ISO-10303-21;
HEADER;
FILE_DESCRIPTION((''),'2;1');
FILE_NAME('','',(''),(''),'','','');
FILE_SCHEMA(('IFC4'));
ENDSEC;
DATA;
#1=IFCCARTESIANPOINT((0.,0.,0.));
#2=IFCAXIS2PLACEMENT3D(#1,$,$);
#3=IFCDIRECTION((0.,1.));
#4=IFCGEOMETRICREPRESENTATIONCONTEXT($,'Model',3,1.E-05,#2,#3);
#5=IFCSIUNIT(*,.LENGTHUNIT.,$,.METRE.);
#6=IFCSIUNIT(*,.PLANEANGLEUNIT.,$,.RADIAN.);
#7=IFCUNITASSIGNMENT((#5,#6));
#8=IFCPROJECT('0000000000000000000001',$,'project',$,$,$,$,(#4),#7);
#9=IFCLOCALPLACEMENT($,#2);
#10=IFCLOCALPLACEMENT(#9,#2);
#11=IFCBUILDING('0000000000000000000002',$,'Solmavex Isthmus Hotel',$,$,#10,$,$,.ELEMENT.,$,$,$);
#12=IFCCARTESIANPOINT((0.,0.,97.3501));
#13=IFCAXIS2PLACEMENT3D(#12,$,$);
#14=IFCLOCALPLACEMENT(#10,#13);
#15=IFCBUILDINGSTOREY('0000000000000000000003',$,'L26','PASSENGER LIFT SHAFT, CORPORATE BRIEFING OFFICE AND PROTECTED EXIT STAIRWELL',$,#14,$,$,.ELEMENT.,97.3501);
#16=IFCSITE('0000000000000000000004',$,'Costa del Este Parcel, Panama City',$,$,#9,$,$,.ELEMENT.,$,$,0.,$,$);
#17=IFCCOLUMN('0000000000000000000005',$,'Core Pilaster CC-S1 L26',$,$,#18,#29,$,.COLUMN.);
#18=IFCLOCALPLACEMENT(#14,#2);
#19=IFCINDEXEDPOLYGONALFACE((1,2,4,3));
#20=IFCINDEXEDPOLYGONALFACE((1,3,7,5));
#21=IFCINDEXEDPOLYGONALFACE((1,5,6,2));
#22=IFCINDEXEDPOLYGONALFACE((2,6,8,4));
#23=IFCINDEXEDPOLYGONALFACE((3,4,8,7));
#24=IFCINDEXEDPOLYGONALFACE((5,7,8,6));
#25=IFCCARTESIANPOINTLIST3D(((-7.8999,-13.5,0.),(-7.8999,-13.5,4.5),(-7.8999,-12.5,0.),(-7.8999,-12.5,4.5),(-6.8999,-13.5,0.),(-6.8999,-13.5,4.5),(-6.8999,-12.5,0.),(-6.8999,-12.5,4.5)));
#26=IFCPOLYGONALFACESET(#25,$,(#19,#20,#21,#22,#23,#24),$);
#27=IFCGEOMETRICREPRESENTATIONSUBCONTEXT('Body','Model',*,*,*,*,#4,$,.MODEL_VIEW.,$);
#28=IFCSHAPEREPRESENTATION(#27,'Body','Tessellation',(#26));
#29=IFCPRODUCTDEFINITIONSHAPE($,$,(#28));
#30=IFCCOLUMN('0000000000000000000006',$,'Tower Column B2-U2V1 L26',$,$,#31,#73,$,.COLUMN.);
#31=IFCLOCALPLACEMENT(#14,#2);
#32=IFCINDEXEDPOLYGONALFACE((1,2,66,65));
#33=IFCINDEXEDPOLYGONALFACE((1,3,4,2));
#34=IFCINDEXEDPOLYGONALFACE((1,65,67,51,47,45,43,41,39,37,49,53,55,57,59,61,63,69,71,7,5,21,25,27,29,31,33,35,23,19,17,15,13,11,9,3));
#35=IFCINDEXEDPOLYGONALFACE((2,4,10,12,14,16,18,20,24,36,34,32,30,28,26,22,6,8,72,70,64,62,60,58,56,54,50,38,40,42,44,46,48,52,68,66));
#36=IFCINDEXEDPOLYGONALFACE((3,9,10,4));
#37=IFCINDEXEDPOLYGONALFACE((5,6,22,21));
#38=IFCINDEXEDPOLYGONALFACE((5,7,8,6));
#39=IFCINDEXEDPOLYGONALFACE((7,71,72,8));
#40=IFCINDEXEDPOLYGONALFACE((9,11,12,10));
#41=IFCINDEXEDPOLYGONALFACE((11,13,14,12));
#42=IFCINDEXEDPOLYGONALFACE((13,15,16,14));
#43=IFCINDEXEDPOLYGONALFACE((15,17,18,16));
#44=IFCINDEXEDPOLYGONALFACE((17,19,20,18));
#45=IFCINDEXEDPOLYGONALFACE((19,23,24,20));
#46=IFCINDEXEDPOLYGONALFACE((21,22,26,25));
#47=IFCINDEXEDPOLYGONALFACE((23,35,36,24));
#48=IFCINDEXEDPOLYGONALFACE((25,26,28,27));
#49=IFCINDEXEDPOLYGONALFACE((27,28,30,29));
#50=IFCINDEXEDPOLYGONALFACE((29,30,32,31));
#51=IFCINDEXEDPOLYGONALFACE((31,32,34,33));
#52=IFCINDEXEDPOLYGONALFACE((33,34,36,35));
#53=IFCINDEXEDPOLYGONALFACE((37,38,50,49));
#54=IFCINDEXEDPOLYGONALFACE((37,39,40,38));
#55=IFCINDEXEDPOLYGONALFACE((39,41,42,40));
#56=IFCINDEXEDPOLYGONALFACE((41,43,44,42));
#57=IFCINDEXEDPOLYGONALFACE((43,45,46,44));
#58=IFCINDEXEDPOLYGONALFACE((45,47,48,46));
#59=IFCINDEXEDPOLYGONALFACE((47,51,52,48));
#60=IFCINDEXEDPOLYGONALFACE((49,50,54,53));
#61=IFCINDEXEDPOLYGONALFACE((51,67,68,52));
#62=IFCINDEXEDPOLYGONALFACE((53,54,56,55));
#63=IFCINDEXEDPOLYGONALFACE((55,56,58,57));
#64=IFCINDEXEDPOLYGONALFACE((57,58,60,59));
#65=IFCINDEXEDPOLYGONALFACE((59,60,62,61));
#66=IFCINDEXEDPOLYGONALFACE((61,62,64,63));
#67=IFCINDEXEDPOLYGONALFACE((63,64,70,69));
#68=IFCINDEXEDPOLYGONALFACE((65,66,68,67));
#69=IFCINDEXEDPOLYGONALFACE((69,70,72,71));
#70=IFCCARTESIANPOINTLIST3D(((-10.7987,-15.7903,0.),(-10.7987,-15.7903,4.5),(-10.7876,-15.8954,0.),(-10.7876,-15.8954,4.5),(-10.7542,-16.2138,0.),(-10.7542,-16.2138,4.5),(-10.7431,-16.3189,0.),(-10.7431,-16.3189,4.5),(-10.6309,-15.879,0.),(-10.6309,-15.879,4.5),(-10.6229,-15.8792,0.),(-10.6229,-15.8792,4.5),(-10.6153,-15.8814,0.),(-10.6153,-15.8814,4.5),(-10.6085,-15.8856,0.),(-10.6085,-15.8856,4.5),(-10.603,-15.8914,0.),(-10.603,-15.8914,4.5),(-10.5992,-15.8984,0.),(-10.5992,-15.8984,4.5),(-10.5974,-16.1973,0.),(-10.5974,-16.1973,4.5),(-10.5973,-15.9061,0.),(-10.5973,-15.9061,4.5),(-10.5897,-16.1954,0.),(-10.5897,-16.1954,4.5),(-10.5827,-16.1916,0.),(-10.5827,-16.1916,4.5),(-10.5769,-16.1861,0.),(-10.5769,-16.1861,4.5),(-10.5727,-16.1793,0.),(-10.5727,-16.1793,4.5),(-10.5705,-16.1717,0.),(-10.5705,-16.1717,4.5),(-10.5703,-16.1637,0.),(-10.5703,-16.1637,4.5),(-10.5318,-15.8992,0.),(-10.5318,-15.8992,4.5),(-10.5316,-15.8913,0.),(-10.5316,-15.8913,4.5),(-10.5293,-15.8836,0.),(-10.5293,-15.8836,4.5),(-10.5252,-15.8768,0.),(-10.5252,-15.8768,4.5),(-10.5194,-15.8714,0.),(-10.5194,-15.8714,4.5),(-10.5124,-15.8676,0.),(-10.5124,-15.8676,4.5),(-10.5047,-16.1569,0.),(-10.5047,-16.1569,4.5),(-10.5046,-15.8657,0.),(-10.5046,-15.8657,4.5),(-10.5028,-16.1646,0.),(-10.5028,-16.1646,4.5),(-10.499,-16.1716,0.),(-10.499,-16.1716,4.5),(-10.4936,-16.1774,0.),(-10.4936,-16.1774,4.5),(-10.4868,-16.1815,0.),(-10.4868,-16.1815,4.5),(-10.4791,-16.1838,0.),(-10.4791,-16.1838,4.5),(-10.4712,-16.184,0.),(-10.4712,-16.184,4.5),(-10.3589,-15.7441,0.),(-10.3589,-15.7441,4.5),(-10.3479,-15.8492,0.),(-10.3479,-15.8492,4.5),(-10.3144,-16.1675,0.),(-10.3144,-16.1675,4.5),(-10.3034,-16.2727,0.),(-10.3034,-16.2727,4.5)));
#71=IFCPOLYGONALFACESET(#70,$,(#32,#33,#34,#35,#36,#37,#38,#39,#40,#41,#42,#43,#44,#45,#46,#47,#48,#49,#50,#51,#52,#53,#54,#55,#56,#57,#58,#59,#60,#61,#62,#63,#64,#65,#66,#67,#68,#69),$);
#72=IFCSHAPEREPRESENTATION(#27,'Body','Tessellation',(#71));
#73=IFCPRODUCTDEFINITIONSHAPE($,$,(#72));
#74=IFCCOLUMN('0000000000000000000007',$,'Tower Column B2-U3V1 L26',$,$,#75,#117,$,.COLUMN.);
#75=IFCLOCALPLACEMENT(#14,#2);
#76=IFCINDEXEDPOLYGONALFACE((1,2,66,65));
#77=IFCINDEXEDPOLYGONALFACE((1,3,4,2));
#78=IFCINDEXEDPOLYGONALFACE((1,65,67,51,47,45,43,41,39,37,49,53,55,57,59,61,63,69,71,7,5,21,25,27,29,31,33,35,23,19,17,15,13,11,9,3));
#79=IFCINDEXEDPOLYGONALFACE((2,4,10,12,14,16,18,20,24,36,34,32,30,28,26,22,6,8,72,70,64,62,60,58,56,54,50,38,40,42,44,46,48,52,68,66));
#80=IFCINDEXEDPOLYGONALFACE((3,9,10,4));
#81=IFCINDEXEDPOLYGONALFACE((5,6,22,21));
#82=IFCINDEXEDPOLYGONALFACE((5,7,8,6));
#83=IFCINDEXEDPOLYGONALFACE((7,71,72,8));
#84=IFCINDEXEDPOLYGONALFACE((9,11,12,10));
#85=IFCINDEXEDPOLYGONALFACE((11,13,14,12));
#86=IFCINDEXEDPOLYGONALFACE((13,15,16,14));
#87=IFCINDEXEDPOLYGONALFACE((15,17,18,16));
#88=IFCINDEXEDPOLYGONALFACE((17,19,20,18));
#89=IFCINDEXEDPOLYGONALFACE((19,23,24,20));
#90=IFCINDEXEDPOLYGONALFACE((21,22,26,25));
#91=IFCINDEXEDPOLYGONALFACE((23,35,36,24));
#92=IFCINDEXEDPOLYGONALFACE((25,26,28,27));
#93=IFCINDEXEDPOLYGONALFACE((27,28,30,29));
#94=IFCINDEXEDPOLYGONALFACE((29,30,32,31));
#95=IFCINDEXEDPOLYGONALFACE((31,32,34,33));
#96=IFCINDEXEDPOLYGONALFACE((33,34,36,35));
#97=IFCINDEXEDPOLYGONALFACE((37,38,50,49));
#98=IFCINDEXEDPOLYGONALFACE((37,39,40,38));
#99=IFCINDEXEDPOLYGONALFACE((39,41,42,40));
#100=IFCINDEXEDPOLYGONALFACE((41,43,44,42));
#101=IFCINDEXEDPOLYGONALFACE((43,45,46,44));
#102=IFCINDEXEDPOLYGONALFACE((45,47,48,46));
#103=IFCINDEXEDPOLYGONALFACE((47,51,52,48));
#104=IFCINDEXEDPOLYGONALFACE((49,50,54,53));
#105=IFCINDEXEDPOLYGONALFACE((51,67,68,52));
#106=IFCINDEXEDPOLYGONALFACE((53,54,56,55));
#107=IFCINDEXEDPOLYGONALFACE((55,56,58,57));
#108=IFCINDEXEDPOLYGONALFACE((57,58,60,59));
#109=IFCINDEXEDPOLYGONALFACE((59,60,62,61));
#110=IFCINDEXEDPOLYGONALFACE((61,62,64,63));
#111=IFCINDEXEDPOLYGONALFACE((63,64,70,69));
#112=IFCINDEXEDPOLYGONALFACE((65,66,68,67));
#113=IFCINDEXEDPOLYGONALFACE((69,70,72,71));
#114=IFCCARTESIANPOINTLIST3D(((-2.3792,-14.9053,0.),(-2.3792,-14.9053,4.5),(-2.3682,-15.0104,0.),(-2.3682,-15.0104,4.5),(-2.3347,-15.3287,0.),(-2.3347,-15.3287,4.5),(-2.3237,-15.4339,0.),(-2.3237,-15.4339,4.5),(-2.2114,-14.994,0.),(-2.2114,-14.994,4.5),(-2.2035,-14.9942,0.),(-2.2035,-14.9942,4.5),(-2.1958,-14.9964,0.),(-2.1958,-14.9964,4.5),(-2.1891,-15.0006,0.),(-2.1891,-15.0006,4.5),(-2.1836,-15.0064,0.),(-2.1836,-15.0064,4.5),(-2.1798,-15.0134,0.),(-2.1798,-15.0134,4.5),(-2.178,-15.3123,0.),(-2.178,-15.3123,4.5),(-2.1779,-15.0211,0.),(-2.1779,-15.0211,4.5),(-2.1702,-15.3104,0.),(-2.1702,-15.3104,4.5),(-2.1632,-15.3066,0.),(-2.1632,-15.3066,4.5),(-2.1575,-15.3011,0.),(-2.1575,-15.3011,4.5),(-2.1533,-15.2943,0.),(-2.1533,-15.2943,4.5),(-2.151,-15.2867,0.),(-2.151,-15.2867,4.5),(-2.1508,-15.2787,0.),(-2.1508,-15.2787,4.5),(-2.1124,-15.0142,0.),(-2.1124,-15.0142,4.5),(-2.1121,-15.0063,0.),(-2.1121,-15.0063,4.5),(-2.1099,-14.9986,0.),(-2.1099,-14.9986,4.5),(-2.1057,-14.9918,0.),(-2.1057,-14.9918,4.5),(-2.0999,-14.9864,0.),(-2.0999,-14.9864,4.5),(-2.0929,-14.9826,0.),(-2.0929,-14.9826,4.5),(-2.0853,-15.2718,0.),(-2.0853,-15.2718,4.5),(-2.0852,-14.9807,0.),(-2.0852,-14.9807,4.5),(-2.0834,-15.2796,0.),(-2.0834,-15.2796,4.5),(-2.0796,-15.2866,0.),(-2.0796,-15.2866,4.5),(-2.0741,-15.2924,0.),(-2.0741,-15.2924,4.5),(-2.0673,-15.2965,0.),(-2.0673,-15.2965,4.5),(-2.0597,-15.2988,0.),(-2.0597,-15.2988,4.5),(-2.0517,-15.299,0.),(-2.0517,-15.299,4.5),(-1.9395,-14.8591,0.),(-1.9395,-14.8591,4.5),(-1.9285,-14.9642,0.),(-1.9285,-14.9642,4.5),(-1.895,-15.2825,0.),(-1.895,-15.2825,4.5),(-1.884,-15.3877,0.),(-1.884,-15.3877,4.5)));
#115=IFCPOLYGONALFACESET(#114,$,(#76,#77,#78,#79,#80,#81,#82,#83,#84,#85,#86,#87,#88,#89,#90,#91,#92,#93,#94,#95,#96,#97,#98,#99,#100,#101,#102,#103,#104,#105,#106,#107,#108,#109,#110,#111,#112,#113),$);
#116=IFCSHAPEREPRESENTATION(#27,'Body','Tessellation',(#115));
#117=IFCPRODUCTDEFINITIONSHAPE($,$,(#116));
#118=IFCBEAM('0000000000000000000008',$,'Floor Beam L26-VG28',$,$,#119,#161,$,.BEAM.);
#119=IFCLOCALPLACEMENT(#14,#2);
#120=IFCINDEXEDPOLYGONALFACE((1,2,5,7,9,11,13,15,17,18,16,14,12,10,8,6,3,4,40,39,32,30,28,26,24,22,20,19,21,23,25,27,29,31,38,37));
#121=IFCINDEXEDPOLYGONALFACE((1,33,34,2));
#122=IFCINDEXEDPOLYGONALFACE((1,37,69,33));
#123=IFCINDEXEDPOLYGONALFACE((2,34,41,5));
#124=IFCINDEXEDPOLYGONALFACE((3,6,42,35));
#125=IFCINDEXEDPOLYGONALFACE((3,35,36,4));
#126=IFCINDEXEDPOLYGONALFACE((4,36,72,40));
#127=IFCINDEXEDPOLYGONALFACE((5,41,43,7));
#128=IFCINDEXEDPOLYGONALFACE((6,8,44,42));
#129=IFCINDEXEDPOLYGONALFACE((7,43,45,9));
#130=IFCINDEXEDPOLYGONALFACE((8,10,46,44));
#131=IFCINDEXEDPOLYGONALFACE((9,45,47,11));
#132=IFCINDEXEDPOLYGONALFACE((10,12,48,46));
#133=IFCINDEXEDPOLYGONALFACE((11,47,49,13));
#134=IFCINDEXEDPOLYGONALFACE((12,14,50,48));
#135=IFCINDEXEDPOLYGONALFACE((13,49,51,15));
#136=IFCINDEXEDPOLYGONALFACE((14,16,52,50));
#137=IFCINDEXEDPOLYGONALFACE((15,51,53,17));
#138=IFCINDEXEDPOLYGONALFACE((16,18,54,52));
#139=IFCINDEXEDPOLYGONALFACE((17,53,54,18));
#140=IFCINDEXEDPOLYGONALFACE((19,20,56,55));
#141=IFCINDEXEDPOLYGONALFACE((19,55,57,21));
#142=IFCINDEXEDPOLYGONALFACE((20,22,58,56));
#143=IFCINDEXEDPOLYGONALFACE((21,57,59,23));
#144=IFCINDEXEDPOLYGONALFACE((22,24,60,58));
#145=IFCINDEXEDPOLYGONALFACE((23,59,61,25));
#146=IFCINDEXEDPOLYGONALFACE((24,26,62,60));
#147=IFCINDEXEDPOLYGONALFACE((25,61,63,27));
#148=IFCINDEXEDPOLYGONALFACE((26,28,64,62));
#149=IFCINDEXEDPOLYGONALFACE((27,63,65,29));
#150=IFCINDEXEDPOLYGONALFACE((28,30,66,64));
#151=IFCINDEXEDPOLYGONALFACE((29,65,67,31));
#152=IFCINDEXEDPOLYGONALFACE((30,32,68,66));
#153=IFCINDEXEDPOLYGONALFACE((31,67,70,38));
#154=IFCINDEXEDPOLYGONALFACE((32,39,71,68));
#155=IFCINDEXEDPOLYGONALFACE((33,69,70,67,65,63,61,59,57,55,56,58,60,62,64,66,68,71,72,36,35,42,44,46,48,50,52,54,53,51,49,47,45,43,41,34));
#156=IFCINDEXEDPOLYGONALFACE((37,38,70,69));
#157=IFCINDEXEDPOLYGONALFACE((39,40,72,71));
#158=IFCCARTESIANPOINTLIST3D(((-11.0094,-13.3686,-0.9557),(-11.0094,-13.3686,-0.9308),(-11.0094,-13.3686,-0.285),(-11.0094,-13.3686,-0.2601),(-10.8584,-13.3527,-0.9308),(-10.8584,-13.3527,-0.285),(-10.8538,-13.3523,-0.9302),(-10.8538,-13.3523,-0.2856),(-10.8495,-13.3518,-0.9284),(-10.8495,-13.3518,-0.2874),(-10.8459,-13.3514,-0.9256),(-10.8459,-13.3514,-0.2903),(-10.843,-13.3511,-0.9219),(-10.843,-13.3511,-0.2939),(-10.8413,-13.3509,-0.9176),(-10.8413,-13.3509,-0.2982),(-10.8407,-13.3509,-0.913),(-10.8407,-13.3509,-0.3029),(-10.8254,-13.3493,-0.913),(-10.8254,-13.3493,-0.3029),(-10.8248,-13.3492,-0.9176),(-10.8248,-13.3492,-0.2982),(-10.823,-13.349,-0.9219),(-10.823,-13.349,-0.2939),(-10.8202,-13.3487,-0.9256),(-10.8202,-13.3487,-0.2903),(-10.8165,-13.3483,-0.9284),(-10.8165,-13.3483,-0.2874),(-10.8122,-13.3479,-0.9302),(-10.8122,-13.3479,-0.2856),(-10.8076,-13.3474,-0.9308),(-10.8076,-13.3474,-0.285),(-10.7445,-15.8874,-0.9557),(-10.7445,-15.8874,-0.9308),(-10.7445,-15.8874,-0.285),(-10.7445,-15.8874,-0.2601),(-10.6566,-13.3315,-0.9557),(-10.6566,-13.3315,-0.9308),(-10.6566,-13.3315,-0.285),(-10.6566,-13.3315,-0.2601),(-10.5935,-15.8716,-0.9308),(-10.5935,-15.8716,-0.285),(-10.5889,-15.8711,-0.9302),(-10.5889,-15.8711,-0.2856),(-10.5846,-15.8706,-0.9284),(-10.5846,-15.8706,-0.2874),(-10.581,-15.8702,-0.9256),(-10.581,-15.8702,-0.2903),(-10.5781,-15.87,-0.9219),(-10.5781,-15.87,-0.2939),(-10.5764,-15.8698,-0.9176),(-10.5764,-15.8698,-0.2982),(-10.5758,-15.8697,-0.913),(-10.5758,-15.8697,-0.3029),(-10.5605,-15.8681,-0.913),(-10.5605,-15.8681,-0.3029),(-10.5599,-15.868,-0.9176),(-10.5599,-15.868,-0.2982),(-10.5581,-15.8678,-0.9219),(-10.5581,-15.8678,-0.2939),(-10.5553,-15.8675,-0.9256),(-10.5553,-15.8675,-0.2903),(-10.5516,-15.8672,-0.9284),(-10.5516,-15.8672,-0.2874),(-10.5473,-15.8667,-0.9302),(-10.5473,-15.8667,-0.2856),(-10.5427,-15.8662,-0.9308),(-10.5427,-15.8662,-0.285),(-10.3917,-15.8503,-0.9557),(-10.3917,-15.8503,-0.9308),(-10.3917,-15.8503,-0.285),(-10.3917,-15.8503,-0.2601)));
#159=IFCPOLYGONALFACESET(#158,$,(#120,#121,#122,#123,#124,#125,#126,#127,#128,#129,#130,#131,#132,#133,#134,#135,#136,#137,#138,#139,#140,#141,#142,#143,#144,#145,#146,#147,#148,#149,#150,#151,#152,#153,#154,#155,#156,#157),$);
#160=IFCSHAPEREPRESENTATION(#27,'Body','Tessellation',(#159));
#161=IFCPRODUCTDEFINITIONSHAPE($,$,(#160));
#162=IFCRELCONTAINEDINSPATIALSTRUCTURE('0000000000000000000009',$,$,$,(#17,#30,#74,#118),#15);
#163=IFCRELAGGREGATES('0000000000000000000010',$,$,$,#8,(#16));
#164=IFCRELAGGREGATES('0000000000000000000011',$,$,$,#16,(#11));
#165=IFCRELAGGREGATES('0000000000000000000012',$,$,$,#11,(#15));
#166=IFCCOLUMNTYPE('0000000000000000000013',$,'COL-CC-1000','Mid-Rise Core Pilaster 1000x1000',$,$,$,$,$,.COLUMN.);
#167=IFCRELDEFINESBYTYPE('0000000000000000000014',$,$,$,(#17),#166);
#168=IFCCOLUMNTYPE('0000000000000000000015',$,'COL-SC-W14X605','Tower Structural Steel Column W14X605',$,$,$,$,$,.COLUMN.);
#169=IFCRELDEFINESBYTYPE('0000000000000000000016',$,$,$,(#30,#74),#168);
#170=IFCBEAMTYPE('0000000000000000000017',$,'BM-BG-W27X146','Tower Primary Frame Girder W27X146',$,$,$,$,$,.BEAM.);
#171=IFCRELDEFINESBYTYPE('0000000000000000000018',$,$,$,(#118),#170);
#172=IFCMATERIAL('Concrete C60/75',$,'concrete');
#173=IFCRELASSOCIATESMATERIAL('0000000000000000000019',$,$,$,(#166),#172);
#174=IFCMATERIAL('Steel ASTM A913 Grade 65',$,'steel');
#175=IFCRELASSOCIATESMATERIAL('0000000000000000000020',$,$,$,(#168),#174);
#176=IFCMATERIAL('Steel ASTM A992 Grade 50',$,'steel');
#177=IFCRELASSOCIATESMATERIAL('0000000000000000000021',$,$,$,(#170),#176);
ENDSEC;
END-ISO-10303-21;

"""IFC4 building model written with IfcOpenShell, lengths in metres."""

from ifc_helpers import new_model, si_unit, direction, frame, origin, origin_2d, place, context, subcontext, project, spatial, rectangle, i_section, extrude, material, material_profile, profile_set, type_object, element, save


model = new_model("IFC4")

# Units and contexts
model_context = context("Model", 3, precision=1e-05, world=origin(), true_north=direction((0.0, 1.0)))
body_context = subcontext(model_context, "Body", "Model", "MODEL_VIEW")
ifc_project = project(units=[si_unit("LENGTHUNIT", "METRE"), si_unit("PLANEANGLEUNIT", "RADIAN")], contexts=[model_context])

# Site, building, storey
site_placement = place(None, origin())
site = spatial("IfcSite", under=ifc_project, at=site_placement, Name="Costa del Este Parcel, Panama City", CompositionType="ELEMENT", RefElevation=0.0)
building_placement = place(site_placement, origin())
building = spatial("IfcBuilding", under=site, at=building_placement, Name="Solmavex Isthmus Hotel", CompositionType="ELEMENT")
storey_placement = place(building_placement, frame((0.0, 0.0, 97.3501)))
storey = spatial("IfcBuildingStorey", under=building, at=storey_placement, Name="L26", Description="PASSENGER LIFT SHAFT, CORPORATE BRIEFING OFFICE AND PROTECTED EXIT STAIRWELL", CompositionType="ELEMENT", Elevation=97.3501)

# Columns
ifc_material_1 = material(Name="Concrete C60/75", Category="concrete")
ifc_material_profile_1 = material_profile(ifc_material_1, rectangle(XDim=1.0, YDim=1.0, at=origin_2d()), Name="RC1000X1000")
ifc_profile_set_1 = profile_set([ifc_material_profile_1], Name="Concrete C60/75")
column_type_1 = type_object("IfcColumnType", Name="COL-CC-1000", Description="Mid-Rise Core Pilaster 1000x1000", PredefinedType="COLUMN", material=ifc_profile_set_1)
column_placement = place(storey_placement, frame((-7.3999, -13.0, 0.0), z_axis=(0.0, 0.0, 1.0), x_axis=(1.0, 0.0, 0.0)))
element("IfcColumn", 1, at=column_placement, inside=storey, type_object=column_type_1, Name="Core Pilaster CC-S1 L26", PredefinedType="COLUMN", context=body_context, shape_type="SweptSolid", body=[
    extrude(rectangle(XDim=1.0, YDim=1.0, at=origin_2d()), origin(), (0.0, 0.0, 1.0), 4.5),
])
ifc_material_2 = material(Name="Steel ASTM A913 Grade 65", Category="steel")
ifc_material_profile_2 = material_profile(ifc_material_2, i_section(OverallWidth=0.4421, OverallDepth=0.5315, WebThickness=0.0659, FlangeThickness=0.1057, FilletRadius=0.0305, at=origin_2d()), Name="W14X605")
ifc_profile_set_2 = profile_set([ifc_material_profile_2], Name="Steel ASTM A913 Grade 65")
column_type_2 = type_object("IfcColumnType", Name="COL-SC-W14X605", Description="Tower Structural Steel Column W14X605", PredefinedType="COLUMN", material=ifc_profile_set_2)
for number, where, z_axis, x_axis, name in (
    (2, (-10.551, -16.0315, 0.0), (0.0, 0.0, 1.0), (0.994522, 0.104528, 0.0), "Tower Column B2-U2V1 L26"),
    (3, (-2.1316, -15.1465, 0.0), (0.0, 0.0, 1.0), (0.994522, 0.104528, 0.0), "Tower Column B2-U3V1 L26"),
):
    element("IfcColumn", number, at=place(storey_placement, frame(where, z_axis=z_axis, x_axis=x_axis)), inside=storey, type_object=column_type_2, Name=name, PredefinedType="COLUMN", context=body_context, shape_type="SweptSolid", body=[
        extrude(i_section(OverallWidth=0.4421, OverallDepth=0.5315, WebThickness=0.0659, FlangeThickness=0.1057, FilletRadius=0.0305, at=origin_2d()), origin(), (0.0, 0.0, 1.0), 4.5),
    ])

# Beam
ifc_material_3 = material(Name="Steel ASTM A992 Grade 50", Category="steel")
ifc_material_profile_3 = material_profile(ifc_material_3, i_section(OverallWidth=0.3547, OverallDepth=0.6956, WebThickness=0.0154, FlangeThickness=0.0249, FilletRadius=0.0178, at=origin_2d()), Name="W27X146")
ifc_profile_set_3 = profile_set([ifc_material_profile_3], Name="Steel ASTM A992 Grade 50")
beam_type_1 = type_object("IfcBeamType", Name="BM-BG-W27X146", Description="Tower Primary Frame Girder W27X146", PredefinedType="BEAM", material=ifc_profile_set_3)
beam_1_placement = place(storey_placement, frame((-10.5681, -15.8689, -0.6079), z_axis=(-0.104589, 0.994515, 0.0), x_axis=(-0.994515, -0.104589, 0.0)))
element("IfcBeam", 4, at=beam_1_placement, inside=storey, type_object=beam_type_1, Name="Floor Beam L26-VG28", PredefinedType="BEAM", context=body_context, shape_type="SweptSolid", body=[
    extrude(i_section(OverallWidth=0.3547, OverallDepth=0.6956, WebThickness=0.0154, FlangeThickness=0.0249, FilletRadius=0.0178, at=origin_2d()), origin(), (0.0, 0.0, 1.0), 2.5327),
])

save(model, "model.ifc")
